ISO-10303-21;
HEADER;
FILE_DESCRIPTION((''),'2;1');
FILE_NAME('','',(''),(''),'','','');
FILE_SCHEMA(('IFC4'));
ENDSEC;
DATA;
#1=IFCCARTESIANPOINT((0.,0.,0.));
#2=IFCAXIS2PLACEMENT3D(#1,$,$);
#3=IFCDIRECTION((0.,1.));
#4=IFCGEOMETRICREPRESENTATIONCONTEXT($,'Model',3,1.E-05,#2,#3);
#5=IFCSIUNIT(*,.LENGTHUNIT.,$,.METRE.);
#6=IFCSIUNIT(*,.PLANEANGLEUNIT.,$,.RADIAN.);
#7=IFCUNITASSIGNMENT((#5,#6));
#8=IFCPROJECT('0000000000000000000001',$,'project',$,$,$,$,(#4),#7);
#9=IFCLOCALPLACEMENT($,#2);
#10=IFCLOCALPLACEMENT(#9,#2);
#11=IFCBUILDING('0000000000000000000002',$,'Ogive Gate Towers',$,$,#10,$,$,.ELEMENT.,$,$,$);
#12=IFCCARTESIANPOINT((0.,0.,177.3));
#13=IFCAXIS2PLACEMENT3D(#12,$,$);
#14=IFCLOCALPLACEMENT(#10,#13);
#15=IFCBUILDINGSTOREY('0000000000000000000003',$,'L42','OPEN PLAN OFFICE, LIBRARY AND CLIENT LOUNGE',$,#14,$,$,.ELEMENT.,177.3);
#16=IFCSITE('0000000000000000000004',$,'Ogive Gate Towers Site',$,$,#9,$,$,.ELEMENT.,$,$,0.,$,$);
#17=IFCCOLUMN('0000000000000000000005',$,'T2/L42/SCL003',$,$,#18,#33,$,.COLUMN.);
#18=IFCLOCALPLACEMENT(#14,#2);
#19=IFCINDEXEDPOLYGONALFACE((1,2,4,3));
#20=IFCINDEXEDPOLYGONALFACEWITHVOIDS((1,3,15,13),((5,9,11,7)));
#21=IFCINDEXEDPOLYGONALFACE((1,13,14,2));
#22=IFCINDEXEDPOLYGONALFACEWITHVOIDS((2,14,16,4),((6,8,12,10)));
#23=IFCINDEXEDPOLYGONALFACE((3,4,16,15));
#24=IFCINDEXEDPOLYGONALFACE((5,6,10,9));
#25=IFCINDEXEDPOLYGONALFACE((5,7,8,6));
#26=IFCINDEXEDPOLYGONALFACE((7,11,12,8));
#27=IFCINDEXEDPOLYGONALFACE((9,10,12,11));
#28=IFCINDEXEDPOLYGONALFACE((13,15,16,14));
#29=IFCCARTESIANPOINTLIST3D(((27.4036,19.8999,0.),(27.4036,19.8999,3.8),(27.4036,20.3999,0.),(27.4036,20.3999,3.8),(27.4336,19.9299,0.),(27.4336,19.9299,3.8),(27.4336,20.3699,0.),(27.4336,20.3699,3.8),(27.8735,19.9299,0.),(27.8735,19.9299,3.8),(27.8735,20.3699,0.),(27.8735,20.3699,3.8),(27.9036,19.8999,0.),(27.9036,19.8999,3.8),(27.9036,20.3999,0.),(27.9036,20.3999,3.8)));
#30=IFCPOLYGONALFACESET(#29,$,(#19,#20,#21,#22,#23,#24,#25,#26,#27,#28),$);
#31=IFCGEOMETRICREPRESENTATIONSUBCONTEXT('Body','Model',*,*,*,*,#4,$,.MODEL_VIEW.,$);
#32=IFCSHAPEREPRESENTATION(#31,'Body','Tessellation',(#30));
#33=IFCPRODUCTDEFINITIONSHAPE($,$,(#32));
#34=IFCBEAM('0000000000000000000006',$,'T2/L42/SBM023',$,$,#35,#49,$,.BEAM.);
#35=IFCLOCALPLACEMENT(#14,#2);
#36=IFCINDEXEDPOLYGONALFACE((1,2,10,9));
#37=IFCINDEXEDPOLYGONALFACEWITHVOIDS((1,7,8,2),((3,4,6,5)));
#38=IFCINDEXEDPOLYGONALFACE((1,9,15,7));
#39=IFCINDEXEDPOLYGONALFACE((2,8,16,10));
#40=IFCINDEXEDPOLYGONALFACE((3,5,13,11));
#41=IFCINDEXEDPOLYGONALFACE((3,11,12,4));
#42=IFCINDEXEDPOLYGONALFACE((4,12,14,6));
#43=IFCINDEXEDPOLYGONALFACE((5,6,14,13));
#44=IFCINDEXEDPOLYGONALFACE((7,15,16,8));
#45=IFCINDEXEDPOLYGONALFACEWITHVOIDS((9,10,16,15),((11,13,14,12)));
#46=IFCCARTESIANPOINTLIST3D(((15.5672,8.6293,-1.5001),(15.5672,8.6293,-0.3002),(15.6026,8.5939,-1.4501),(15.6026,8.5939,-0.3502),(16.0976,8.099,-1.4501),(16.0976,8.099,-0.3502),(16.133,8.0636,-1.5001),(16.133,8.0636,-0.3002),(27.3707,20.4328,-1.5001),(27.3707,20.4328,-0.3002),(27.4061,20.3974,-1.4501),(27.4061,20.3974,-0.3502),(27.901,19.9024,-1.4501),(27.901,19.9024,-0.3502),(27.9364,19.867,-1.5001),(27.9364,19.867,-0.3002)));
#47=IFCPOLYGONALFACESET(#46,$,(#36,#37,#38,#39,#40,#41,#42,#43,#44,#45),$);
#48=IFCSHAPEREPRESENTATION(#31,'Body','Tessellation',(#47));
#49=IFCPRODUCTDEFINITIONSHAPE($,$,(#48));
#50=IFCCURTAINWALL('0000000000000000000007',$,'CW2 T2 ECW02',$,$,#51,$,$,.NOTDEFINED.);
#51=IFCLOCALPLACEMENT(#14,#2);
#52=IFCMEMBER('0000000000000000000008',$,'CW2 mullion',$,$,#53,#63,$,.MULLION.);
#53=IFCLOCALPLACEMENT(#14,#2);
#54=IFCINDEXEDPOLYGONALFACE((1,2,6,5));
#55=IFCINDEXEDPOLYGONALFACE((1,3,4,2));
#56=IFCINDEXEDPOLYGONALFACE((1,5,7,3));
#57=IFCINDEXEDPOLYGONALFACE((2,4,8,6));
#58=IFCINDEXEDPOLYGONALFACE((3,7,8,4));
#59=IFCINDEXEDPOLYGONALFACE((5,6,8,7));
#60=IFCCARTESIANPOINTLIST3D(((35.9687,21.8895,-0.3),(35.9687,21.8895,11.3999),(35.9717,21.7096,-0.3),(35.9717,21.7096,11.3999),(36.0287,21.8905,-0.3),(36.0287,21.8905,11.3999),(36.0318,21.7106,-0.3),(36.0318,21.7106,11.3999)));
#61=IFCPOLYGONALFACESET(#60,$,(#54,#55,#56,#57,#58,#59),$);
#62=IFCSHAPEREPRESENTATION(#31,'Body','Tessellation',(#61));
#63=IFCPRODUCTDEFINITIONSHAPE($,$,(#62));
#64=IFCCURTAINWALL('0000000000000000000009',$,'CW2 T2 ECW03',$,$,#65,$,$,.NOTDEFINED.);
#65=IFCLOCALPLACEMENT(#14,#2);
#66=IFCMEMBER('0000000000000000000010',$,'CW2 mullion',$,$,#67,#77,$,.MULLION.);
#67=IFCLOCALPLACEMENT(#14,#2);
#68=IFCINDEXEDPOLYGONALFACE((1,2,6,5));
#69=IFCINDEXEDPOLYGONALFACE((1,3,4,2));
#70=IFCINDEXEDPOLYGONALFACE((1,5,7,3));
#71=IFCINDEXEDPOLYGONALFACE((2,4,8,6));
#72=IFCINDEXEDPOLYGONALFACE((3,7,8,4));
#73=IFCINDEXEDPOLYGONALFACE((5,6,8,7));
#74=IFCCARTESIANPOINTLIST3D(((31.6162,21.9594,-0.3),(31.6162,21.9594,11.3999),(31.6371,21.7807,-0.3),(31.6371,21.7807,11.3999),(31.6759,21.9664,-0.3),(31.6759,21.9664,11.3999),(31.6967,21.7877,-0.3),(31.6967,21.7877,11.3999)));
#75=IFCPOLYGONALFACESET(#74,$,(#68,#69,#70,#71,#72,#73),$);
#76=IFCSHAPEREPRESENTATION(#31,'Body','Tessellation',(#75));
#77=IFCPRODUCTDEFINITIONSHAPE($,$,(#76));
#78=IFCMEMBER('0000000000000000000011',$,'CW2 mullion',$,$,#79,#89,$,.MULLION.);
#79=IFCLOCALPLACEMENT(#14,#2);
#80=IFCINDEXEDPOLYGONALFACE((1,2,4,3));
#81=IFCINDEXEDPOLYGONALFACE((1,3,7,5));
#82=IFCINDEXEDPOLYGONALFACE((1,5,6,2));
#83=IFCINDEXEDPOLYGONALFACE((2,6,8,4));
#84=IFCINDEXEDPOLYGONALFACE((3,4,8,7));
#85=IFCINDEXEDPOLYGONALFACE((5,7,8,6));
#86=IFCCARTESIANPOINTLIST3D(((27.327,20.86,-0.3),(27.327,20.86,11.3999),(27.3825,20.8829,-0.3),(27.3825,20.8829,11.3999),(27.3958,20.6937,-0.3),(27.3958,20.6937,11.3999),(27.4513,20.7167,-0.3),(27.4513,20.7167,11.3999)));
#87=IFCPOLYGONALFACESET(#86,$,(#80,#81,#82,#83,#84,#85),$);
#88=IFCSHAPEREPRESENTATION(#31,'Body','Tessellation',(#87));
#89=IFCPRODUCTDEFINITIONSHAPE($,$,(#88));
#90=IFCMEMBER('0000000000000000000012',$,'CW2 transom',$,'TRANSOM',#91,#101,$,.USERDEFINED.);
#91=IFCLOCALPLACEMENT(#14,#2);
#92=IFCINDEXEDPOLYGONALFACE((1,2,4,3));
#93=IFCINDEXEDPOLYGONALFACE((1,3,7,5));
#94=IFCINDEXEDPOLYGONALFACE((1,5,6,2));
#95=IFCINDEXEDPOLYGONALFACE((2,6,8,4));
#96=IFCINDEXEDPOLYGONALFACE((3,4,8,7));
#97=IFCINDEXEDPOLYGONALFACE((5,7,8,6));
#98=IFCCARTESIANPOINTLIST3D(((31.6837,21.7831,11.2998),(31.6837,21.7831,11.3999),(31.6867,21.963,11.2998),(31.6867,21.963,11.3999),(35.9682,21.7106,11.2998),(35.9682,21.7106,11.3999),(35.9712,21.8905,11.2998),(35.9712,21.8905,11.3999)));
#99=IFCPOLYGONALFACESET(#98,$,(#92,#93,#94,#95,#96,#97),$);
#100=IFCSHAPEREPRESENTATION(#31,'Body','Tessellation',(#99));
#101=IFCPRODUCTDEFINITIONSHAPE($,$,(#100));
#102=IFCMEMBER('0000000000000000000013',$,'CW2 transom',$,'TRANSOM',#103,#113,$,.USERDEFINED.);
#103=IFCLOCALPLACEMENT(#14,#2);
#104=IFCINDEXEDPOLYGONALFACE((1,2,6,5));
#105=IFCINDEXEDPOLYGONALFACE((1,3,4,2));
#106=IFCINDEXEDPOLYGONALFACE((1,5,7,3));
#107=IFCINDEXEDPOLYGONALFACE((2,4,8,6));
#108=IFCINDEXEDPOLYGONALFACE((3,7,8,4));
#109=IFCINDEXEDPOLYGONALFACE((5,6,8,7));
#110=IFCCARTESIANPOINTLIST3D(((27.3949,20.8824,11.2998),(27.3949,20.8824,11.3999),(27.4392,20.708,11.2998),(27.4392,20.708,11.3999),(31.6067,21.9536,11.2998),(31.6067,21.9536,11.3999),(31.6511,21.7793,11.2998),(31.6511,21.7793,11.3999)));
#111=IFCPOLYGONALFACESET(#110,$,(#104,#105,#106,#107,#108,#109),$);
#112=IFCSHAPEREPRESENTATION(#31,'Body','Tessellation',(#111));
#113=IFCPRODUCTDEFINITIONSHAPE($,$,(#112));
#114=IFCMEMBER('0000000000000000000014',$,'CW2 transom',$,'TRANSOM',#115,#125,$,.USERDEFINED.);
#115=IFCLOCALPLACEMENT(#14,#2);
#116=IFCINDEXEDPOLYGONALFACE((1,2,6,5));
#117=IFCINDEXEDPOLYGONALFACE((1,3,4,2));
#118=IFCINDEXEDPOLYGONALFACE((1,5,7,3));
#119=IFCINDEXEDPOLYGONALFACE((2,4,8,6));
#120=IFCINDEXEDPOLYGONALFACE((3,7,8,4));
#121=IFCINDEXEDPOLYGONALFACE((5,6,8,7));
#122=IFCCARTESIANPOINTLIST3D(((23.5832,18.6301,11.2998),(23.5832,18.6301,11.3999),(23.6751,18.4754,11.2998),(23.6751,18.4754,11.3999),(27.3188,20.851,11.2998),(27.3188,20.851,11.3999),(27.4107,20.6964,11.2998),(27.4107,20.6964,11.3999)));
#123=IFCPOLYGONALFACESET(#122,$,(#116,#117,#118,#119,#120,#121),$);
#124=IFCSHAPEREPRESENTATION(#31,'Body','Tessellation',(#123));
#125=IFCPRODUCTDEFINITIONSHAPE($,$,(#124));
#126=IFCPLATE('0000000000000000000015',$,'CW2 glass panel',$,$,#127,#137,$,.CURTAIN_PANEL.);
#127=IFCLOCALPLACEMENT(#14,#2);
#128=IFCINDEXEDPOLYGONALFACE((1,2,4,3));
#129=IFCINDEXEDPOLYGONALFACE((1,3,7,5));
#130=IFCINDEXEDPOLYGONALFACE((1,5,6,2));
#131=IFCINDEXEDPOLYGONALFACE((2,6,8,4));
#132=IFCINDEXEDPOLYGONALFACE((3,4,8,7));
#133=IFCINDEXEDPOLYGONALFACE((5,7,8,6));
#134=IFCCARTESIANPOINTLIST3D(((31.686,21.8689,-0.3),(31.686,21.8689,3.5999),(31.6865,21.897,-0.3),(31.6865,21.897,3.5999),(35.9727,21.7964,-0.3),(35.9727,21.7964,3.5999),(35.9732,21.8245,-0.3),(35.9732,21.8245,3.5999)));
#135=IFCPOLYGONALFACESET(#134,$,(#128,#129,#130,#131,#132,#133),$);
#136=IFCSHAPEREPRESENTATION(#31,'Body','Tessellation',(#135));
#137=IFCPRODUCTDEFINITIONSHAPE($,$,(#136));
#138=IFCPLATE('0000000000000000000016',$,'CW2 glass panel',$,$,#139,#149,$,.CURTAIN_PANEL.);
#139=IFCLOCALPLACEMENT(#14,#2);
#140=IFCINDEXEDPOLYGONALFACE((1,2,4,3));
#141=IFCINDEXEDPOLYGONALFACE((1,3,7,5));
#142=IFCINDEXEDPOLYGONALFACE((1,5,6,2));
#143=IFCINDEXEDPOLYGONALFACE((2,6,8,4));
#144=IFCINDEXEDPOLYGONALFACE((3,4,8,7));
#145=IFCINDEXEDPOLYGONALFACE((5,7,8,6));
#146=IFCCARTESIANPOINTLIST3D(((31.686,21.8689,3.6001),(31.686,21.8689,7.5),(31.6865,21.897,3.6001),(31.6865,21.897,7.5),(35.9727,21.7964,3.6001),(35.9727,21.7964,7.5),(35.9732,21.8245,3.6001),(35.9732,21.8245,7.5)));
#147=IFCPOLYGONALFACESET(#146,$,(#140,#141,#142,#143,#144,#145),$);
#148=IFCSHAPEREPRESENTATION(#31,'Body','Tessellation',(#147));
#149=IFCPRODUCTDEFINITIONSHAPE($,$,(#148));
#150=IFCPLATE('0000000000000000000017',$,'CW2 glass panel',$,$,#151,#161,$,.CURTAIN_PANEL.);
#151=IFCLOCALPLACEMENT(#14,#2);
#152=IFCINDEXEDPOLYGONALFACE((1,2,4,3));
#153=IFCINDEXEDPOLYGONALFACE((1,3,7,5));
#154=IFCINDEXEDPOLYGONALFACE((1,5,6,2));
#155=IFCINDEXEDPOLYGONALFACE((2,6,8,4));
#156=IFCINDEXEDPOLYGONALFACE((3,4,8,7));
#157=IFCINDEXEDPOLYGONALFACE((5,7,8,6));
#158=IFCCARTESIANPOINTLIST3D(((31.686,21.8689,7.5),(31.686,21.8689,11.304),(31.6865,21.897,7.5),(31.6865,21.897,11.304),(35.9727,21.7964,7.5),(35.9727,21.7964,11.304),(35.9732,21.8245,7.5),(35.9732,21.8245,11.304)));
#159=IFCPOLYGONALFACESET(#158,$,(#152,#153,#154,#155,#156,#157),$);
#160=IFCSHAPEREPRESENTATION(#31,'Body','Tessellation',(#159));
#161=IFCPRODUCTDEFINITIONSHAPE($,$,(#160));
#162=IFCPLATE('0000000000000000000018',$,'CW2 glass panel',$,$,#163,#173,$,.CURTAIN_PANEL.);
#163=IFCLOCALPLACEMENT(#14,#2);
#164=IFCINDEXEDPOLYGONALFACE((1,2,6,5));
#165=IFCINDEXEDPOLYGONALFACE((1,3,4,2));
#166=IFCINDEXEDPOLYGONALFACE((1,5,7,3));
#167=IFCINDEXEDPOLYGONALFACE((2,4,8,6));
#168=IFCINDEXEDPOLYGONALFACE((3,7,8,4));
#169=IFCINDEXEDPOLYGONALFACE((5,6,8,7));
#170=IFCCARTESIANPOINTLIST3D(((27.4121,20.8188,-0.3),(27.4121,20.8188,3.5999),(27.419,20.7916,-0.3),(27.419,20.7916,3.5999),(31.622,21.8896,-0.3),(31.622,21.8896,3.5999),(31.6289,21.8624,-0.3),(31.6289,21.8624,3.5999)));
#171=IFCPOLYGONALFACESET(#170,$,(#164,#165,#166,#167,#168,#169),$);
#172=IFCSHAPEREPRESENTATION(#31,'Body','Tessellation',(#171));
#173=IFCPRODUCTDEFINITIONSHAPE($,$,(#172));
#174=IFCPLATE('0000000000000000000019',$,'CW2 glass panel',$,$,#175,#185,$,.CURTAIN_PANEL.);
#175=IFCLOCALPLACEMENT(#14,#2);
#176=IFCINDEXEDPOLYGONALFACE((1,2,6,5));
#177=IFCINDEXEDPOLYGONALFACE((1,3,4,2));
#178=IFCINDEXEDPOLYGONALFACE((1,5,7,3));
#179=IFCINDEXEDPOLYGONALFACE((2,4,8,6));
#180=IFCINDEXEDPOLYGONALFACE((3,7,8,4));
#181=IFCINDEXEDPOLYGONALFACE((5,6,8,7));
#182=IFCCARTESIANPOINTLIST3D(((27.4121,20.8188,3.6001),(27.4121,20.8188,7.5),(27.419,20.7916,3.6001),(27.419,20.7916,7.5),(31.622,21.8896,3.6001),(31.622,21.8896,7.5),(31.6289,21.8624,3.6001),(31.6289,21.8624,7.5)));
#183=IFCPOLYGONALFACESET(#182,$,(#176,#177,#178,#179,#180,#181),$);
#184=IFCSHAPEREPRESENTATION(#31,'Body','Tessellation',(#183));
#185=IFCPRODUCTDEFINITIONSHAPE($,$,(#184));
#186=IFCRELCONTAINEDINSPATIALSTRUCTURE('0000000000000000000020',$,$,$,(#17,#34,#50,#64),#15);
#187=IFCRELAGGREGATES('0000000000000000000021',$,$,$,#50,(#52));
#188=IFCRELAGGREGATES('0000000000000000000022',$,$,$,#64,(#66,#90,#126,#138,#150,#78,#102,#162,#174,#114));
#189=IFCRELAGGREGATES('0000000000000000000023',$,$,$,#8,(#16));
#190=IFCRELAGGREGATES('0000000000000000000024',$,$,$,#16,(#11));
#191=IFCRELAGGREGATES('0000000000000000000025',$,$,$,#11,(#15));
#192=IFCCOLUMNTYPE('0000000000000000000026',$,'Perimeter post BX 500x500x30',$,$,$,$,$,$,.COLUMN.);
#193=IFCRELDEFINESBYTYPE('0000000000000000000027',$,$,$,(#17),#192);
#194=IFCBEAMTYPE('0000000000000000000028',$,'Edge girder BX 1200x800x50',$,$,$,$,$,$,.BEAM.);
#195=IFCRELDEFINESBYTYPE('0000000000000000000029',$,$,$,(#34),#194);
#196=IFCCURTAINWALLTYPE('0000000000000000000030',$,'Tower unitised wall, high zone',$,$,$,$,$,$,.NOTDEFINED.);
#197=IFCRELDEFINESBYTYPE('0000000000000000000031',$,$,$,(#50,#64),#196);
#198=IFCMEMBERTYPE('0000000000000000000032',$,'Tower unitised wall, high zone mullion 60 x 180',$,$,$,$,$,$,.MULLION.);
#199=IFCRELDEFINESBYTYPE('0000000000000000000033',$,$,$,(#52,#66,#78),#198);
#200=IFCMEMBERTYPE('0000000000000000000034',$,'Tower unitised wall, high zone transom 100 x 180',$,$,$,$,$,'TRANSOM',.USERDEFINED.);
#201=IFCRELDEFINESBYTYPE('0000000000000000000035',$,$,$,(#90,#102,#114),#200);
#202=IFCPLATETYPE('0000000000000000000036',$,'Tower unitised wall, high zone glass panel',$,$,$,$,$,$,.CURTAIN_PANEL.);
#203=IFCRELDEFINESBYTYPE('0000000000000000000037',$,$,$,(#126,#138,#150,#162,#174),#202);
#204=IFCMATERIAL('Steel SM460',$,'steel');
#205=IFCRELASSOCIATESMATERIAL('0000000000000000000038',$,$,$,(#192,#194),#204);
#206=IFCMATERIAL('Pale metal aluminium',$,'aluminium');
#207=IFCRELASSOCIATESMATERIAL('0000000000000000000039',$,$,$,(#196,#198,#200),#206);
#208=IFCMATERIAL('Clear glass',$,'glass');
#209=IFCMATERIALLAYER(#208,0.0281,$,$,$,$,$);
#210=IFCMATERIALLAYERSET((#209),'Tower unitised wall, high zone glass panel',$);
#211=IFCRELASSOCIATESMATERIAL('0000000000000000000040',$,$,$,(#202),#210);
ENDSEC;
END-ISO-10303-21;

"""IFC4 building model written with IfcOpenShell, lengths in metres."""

from ifc_helpers import new_model, si_unit, direction, frame, origin, origin_2d, place, context, subcontext, project, spatial, rectangle, hollow_rectangle, extrude, material, layer, layer_set, material_profile, profile_set, type_object, element, aggregate, save


model = new_model("IFC4")

# Units and contexts
model_context = context("Model", 3, precision=1e-05, world=origin(), true_north=direction((0.0, 1.0)))
body_context = subcontext(model_context, "Body", "Model", "MODEL_VIEW")
ifc_project = project(units=[si_unit("LENGTHUNIT", "METRE"), si_unit("PLANEANGLEUNIT", "RADIAN")], contexts=[model_context])

# Site, building, storey
site_placement = place(None, origin())
site = spatial("IfcSite", under=ifc_project, at=site_placement, Name="Ogive Gate Towers Site", CompositionType="ELEMENT", RefElevation=0.0)
building_placement = place(site_placement, origin())
building = spatial("IfcBuilding", under=site, at=building_placement, Name="Ogive Gate Towers", CompositionType="ELEMENT")
storey_placement = place(building_placement, frame((0.0, 0.0, 177.3)))
storey = spatial("IfcBuildingStorey", under=building, at=storey_placement, Name="L42", Description="OPEN PLAN OFFICE, LIBRARY AND CLIENT LOUNGE", CompositionType="ELEMENT", Elevation=177.3)

# Column
ifc_material_1 = material(Name="Steel SM460", Category="steel")
ifc_material_profile_1 = material_profile(ifc_material_1, hollow_rectangle(XDim=0.5, YDim=0.5, WallThickness=0.03, at=origin_2d()), Name="BX 500x500x30")
ifc_profile_set_1 = profile_set([ifc_material_profile_1], Name="Steel SM460")
column_type = type_object("IfcColumnType", Name="Perimeter post BX 500x500x30", PredefinedType="COLUMN", material=ifc_profile_set_1)
column_placement = place(storey_placement, frame((27.6536, 20.1499, 0.0), z_axis=(0.0, 0.0, 1.0), x_axis=(1.0, 0.0, 0.0)))
element("IfcColumn", 1, at=column_placement, inside=storey, type_object=column_type, Name="T2/L42/SCL003", PredefinedType="COLUMN", context=body_context, shape_type="SweptSolid", body=[
    extrude(hollow_rectangle(XDim=0.5, YDim=0.5, WallThickness=0.03, at=origin_2d()), origin(), (0.0, 0.0, 1.0), 3.8),
])

# Beam
ifc_material_profile_2 = material_profile(ifc_material_1, hollow_rectangle(XDim=0.8, YDim=1.2, WallThickness=0.05, at=origin_2d()), Name="BX 1200x800x50")
ifc_profile_set_2 = profile_set([ifc_material_profile_2], Name="Steel SM460")
beam_type = type_object("IfcBeamType", Name="Edge girder BX 1200x800x50", PredefinedType="BEAM", material=ifc_profile_set_2)
beam_placement = place(storey_placement, frame((27.6536, 20.1499, -0.9001), z_axis=(-0.707107, -0.707107, 0.0), x_axis=(0.707107, -0.707107, 0.0)))
element("IfcBeam", 2, at=beam_placement, inside=storey, type_object=beam_type, Name="T2/L42/SBM023", PredefinedType="BEAM", context=body_context, shape_type="SweptSolid", body=[
    extrude(hollow_rectangle(XDim=0.8, YDim=1.2, WallThickness=0.05, at=origin_2d()), origin(), (0.0, 0.0, 1.0), 16.6926),
])

# Curtain wall, member
ifc_material_2 = material(Name="Pale metal aluminium", Category="aluminium")
curtain_wall_type = type_object("IfcCurtainWallType", Name="Tower unitised wall, high zone", PredefinedType="NOTDEFINED", material=ifc_material_2)
curtain_wall_1_placement = place(storey_placement, origin())
curtain_wall_1 = element("IfcCurtainWall", 3, at=curtain_wall_1_placement, inside=storey, type_object=curtain_wall_type, Name="CW2 T2 ECW02", PredefinedType="NOTDEFINED")
ifc_material_profile_3 = material_profile(ifc_material_2, rectangle(XDim=0.1799, YDim=0.0601, at=origin_2d()), Name="60 x 180 aluminium box")
ifc_profile_set_3 = profile_set([ifc_material_profile_3], Name="Pale metal aluminium")
member_type_1 = type_object("IfcMemberType", Name="Tower unitised wall, high zone mullion 60 x 180", PredefinedType="MULLION", material=ifc_profile_set_3)
member_1_placement = place(storey_placement, frame((36.0002, 21.8, -0.3), z_axis=(0.0, 0.0, 1.0), x_axis=(-0.016911, 0.999857, 0.0)))
member_1 = element("IfcMember", 4, at=member_1_placement, type_object=member_type_1, Name="CW2 mullion", PredefinedType="MULLION", context=body_context, shape_type="SweptSolid", body=[
    extrude(rectangle(XDim=0.1799, YDim=0.0601, at=origin_2d()), origin(), (0.0, 0.0, 1.0), 11.7),
])
aggregate(curtain_wall_1, [member_1])

# Curtain wall, members, plates
curtain_wall_2_placement = place(storey_placement, origin())
curtain_wall_2 = element("IfcCurtainWall", 5, at=curtain_wall_2_placement, inside=storey, type_object=curtain_wall_type, Name="CW2 T2 ECW03", PredefinedType="NOTDEFINED")
member_2_placement = place(storey_placement, frame((31.6565, 21.8735, -0.3), z_axis=(0.0, 0.0, 1.0), x_axis=(-0.115804, 0.993272, 0.0)))
member_2 = element("IfcMember", 6, at=member_2_placement, type_object=member_type_1, Name="CW2 mullion", PredefinedType="MULLION", context=body_context, shape_type="SweptSolid", body=[
    extrude(rectangle(XDim=0.1799, YDim=0.0601, at=origin_2d()), origin(), (0.0, 0.0, 1.0), 11.7),
])
member_3_placement = place(storey_placement, frame((27.3892, 20.7883, -0.3), z_axis=(0.0, 0.0, 1.0), x_axis=(-0.382683, 0.92388, 0.0)))
member_3 = element("IfcMember", 7, at=member_3_placement, type_object=member_type_1, Name="CW2 mullion", PredefinedType="MULLION", context=body_context, shape_type="SweptSolid", body=[
    extrude(rectangle(XDim=0.1799, YDim=0.0601, at=origin_2d()), origin(), (0.0, 0.0, 1.0), 11.7),
])
ifc_material_profile_4 = material_profile(ifc_material_2, rectangle(XDim=0.1799, YDim=0.1001, at=origin_2d()), Name="100 x 180 aluminium box")
ifc_profile_set_4 = profile_set([ifc_material_profile_4], Name="Pale metal aluminium")
member_type_2 = type_object("IfcMemberType", Name="Tower unitised wall, high zone transom 100 x 180", ElementType="TRANSOM", PredefinedType="USERDEFINED", material=ifc_profile_set_4)
member_4_placement = place(storey_placement, frame((35.9697, 21.8005, 11.3499), z_axis=(-0.999857, 0.016922, 0.0), x_axis=(-0.016922, -0.999857, 0.0)))
member_4 = element("IfcMember", 8, at=member_4_placement, type_object=member_type_2, Name="CW2 transom", ObjectType="TRANSOM", PredefinedType="USERDEFINED", context=body_context, shape_type="SweptSolid", body=[
    extrude(rectangle(XDim=0.1799, YDim=0.1001, at=origin_2d()), origin(), (0.0, 0.0, 1.0), 4.2852),
])
member_5_placement = place(storey_placement, frame((31.6289, 21.8665, 11.3499), z_axis=(-0.969143, -0.246499, 0.0), x_axis=(0.246499, -0.969143, 0.0)))
member_5 = element("IfcMember", 9, at=member_5_placement, type_object=member_type_2, Name="CW2 transom", ObjectType="TRANSOM", PredefinedType="USERDEFINED", context=body_context, shape_type="SweptSolid", body=[
    extrude(rectangle(XDim=0.1799, YDim=0.1001, at=origin_2d()), origin(), (0.0, 0.0, 1.0), 4.3459),
])
member_6_placement = place(storey_placement, frame((27.3647, 20.7737, 11.3499), z_axis=(-0.859558, -0.511038, 0.0), x_axis=(0.511038, -0.859558, 0.0)))
member_6 = element("IfcMember", 10, at=member_6_placement, type_object=member_type_2, Name="CW2 transom", ObjectType="TRANSOM", PredefinedType="USERDEFINED", context=body_context, shape_type="SweptSolid", body=[
    extrude(rectangle(XDim=0.1799, YDim=0.1001, at=origin_2d()), origin(), (0.0, 0.0, 1.0), 4.3459),
])
ifc_material_3 = material(Name="Clear glass", Category="glass")
ifc_layer = layer(ifc_material_3, 0.0281)
ifc_layer_set = layer_set([ifc_layer], Name="Tower unitised wall, high zone glass panel")
plate_type = type_object("IfcPlateType", Name="Tower unitised wall, high zone glass panel", PredefinedType="CURTAIN_PANEL", material=ifc_layer_set)
plate_1_placement = place(storey_placement, frame((33.8296, 21.8467, -0.3), z_axis=(0.0, 0.0, 1.0), x_axis=(-0.999857, 0.016911, 0.0)))
plate_1 = element("IfcPlate", 11, at=plate_1_placement, type_object=plate_type, Name="CW2 glass panel", PredefinedType="CURTAIN_PANEL", context=body_context, shape_type="SweptSolid", body=[
    extrude(rectangle(XDim=4.2874, YDim=0.0281, at=origin_2d()), origin(), (0.0, 0.0, 1.0), 3.8999),
])
plate_2_placement = place(storey_placement, frame((33.8296, 21.8467, 3.6001), z_axis=(0.0, 0.0, 1.0), x_axis=(-0.999857, 0.016911, 0.0)))
plate_2 = element("IfcPlate", 12, at=plate_2_placement, type_object=plate_type, Name="CW2 glass panel", PredefinedType="CURTAIN_PANEL", context=body_context, shape_type="SweptSolid", body=[
    extrude(rectangle(XDim=4.2874, YDim=0.0281, at=origin_2d()), origin(), (0.0, 0.0, 1.0), 3.8999),
])
plate_3_placement = place(storey_placement, frame((33.8296, 21.8467, 7.5), z_axis=(0.0, 0.0, 1.0), x_axis=(-0.999857, 0.016911, 0.0)))
plate_3 = element("IfcPlate", 13, at=plate_3_placement, type_object=plate_type, Name="CW2 glass panel", PredefinedType="CURTAIN_PANEL", context=body_context, shape_type="SweptSolid", body=[
    extrude(rectangle(XDim=4.2874, YDim=0.0281, at=origin_2d()), origin(), (0.0, 0.0, 1.0), 3.804),
])
plate_4_placement = place(storey_placement, frame((29.5205, 21.3406, -0.3), z_axis=(0.0, 0.0, 1.0), x_axis=(-0.969145, -0.246492, 0.0)))
plate_4 = element("IfcPlate", 14, at=plate_4_placement, type_object=plate_type, Name="CW2 glass panel", PredefinedType="CURTAIN_PANEL", context=body_context, shape_type="SweptSolid", body=[
    extrude(rectangle(XDim=4.344, YDim=0.0281, at=origin_2d()), origin(), (0.0, 0.0, 1.0), 3.8999),
])
plate_5_placement = place(storey_placement, frame((29.5205, 21.3406, 3.6001), z_axis=(0.0, 0.0, 1.0), x_axis=(-0.969145, -0.246492, 0.0)))
plate_5 = element("IfcPlate", 15, at=plate_5_placement, type_object=plate_type, Name="CW2 glass panel", PredefinedType="CURTAIN_PANEL", context=body_context, shape_type="SweptSolid", body=[
    extrude(rectangle(XDim=4.344, YDim=0.0281, at=origin_2d()), origin(), (0.0, 0.0, 1.0), 3.8999),
])
aggregate(curtain_wall_2, [member_2, member_4, plate_1, plate_2, plate_3, member_3, member_5, plate_4, plate_5, member_6])

save(model, "model.ifc")
